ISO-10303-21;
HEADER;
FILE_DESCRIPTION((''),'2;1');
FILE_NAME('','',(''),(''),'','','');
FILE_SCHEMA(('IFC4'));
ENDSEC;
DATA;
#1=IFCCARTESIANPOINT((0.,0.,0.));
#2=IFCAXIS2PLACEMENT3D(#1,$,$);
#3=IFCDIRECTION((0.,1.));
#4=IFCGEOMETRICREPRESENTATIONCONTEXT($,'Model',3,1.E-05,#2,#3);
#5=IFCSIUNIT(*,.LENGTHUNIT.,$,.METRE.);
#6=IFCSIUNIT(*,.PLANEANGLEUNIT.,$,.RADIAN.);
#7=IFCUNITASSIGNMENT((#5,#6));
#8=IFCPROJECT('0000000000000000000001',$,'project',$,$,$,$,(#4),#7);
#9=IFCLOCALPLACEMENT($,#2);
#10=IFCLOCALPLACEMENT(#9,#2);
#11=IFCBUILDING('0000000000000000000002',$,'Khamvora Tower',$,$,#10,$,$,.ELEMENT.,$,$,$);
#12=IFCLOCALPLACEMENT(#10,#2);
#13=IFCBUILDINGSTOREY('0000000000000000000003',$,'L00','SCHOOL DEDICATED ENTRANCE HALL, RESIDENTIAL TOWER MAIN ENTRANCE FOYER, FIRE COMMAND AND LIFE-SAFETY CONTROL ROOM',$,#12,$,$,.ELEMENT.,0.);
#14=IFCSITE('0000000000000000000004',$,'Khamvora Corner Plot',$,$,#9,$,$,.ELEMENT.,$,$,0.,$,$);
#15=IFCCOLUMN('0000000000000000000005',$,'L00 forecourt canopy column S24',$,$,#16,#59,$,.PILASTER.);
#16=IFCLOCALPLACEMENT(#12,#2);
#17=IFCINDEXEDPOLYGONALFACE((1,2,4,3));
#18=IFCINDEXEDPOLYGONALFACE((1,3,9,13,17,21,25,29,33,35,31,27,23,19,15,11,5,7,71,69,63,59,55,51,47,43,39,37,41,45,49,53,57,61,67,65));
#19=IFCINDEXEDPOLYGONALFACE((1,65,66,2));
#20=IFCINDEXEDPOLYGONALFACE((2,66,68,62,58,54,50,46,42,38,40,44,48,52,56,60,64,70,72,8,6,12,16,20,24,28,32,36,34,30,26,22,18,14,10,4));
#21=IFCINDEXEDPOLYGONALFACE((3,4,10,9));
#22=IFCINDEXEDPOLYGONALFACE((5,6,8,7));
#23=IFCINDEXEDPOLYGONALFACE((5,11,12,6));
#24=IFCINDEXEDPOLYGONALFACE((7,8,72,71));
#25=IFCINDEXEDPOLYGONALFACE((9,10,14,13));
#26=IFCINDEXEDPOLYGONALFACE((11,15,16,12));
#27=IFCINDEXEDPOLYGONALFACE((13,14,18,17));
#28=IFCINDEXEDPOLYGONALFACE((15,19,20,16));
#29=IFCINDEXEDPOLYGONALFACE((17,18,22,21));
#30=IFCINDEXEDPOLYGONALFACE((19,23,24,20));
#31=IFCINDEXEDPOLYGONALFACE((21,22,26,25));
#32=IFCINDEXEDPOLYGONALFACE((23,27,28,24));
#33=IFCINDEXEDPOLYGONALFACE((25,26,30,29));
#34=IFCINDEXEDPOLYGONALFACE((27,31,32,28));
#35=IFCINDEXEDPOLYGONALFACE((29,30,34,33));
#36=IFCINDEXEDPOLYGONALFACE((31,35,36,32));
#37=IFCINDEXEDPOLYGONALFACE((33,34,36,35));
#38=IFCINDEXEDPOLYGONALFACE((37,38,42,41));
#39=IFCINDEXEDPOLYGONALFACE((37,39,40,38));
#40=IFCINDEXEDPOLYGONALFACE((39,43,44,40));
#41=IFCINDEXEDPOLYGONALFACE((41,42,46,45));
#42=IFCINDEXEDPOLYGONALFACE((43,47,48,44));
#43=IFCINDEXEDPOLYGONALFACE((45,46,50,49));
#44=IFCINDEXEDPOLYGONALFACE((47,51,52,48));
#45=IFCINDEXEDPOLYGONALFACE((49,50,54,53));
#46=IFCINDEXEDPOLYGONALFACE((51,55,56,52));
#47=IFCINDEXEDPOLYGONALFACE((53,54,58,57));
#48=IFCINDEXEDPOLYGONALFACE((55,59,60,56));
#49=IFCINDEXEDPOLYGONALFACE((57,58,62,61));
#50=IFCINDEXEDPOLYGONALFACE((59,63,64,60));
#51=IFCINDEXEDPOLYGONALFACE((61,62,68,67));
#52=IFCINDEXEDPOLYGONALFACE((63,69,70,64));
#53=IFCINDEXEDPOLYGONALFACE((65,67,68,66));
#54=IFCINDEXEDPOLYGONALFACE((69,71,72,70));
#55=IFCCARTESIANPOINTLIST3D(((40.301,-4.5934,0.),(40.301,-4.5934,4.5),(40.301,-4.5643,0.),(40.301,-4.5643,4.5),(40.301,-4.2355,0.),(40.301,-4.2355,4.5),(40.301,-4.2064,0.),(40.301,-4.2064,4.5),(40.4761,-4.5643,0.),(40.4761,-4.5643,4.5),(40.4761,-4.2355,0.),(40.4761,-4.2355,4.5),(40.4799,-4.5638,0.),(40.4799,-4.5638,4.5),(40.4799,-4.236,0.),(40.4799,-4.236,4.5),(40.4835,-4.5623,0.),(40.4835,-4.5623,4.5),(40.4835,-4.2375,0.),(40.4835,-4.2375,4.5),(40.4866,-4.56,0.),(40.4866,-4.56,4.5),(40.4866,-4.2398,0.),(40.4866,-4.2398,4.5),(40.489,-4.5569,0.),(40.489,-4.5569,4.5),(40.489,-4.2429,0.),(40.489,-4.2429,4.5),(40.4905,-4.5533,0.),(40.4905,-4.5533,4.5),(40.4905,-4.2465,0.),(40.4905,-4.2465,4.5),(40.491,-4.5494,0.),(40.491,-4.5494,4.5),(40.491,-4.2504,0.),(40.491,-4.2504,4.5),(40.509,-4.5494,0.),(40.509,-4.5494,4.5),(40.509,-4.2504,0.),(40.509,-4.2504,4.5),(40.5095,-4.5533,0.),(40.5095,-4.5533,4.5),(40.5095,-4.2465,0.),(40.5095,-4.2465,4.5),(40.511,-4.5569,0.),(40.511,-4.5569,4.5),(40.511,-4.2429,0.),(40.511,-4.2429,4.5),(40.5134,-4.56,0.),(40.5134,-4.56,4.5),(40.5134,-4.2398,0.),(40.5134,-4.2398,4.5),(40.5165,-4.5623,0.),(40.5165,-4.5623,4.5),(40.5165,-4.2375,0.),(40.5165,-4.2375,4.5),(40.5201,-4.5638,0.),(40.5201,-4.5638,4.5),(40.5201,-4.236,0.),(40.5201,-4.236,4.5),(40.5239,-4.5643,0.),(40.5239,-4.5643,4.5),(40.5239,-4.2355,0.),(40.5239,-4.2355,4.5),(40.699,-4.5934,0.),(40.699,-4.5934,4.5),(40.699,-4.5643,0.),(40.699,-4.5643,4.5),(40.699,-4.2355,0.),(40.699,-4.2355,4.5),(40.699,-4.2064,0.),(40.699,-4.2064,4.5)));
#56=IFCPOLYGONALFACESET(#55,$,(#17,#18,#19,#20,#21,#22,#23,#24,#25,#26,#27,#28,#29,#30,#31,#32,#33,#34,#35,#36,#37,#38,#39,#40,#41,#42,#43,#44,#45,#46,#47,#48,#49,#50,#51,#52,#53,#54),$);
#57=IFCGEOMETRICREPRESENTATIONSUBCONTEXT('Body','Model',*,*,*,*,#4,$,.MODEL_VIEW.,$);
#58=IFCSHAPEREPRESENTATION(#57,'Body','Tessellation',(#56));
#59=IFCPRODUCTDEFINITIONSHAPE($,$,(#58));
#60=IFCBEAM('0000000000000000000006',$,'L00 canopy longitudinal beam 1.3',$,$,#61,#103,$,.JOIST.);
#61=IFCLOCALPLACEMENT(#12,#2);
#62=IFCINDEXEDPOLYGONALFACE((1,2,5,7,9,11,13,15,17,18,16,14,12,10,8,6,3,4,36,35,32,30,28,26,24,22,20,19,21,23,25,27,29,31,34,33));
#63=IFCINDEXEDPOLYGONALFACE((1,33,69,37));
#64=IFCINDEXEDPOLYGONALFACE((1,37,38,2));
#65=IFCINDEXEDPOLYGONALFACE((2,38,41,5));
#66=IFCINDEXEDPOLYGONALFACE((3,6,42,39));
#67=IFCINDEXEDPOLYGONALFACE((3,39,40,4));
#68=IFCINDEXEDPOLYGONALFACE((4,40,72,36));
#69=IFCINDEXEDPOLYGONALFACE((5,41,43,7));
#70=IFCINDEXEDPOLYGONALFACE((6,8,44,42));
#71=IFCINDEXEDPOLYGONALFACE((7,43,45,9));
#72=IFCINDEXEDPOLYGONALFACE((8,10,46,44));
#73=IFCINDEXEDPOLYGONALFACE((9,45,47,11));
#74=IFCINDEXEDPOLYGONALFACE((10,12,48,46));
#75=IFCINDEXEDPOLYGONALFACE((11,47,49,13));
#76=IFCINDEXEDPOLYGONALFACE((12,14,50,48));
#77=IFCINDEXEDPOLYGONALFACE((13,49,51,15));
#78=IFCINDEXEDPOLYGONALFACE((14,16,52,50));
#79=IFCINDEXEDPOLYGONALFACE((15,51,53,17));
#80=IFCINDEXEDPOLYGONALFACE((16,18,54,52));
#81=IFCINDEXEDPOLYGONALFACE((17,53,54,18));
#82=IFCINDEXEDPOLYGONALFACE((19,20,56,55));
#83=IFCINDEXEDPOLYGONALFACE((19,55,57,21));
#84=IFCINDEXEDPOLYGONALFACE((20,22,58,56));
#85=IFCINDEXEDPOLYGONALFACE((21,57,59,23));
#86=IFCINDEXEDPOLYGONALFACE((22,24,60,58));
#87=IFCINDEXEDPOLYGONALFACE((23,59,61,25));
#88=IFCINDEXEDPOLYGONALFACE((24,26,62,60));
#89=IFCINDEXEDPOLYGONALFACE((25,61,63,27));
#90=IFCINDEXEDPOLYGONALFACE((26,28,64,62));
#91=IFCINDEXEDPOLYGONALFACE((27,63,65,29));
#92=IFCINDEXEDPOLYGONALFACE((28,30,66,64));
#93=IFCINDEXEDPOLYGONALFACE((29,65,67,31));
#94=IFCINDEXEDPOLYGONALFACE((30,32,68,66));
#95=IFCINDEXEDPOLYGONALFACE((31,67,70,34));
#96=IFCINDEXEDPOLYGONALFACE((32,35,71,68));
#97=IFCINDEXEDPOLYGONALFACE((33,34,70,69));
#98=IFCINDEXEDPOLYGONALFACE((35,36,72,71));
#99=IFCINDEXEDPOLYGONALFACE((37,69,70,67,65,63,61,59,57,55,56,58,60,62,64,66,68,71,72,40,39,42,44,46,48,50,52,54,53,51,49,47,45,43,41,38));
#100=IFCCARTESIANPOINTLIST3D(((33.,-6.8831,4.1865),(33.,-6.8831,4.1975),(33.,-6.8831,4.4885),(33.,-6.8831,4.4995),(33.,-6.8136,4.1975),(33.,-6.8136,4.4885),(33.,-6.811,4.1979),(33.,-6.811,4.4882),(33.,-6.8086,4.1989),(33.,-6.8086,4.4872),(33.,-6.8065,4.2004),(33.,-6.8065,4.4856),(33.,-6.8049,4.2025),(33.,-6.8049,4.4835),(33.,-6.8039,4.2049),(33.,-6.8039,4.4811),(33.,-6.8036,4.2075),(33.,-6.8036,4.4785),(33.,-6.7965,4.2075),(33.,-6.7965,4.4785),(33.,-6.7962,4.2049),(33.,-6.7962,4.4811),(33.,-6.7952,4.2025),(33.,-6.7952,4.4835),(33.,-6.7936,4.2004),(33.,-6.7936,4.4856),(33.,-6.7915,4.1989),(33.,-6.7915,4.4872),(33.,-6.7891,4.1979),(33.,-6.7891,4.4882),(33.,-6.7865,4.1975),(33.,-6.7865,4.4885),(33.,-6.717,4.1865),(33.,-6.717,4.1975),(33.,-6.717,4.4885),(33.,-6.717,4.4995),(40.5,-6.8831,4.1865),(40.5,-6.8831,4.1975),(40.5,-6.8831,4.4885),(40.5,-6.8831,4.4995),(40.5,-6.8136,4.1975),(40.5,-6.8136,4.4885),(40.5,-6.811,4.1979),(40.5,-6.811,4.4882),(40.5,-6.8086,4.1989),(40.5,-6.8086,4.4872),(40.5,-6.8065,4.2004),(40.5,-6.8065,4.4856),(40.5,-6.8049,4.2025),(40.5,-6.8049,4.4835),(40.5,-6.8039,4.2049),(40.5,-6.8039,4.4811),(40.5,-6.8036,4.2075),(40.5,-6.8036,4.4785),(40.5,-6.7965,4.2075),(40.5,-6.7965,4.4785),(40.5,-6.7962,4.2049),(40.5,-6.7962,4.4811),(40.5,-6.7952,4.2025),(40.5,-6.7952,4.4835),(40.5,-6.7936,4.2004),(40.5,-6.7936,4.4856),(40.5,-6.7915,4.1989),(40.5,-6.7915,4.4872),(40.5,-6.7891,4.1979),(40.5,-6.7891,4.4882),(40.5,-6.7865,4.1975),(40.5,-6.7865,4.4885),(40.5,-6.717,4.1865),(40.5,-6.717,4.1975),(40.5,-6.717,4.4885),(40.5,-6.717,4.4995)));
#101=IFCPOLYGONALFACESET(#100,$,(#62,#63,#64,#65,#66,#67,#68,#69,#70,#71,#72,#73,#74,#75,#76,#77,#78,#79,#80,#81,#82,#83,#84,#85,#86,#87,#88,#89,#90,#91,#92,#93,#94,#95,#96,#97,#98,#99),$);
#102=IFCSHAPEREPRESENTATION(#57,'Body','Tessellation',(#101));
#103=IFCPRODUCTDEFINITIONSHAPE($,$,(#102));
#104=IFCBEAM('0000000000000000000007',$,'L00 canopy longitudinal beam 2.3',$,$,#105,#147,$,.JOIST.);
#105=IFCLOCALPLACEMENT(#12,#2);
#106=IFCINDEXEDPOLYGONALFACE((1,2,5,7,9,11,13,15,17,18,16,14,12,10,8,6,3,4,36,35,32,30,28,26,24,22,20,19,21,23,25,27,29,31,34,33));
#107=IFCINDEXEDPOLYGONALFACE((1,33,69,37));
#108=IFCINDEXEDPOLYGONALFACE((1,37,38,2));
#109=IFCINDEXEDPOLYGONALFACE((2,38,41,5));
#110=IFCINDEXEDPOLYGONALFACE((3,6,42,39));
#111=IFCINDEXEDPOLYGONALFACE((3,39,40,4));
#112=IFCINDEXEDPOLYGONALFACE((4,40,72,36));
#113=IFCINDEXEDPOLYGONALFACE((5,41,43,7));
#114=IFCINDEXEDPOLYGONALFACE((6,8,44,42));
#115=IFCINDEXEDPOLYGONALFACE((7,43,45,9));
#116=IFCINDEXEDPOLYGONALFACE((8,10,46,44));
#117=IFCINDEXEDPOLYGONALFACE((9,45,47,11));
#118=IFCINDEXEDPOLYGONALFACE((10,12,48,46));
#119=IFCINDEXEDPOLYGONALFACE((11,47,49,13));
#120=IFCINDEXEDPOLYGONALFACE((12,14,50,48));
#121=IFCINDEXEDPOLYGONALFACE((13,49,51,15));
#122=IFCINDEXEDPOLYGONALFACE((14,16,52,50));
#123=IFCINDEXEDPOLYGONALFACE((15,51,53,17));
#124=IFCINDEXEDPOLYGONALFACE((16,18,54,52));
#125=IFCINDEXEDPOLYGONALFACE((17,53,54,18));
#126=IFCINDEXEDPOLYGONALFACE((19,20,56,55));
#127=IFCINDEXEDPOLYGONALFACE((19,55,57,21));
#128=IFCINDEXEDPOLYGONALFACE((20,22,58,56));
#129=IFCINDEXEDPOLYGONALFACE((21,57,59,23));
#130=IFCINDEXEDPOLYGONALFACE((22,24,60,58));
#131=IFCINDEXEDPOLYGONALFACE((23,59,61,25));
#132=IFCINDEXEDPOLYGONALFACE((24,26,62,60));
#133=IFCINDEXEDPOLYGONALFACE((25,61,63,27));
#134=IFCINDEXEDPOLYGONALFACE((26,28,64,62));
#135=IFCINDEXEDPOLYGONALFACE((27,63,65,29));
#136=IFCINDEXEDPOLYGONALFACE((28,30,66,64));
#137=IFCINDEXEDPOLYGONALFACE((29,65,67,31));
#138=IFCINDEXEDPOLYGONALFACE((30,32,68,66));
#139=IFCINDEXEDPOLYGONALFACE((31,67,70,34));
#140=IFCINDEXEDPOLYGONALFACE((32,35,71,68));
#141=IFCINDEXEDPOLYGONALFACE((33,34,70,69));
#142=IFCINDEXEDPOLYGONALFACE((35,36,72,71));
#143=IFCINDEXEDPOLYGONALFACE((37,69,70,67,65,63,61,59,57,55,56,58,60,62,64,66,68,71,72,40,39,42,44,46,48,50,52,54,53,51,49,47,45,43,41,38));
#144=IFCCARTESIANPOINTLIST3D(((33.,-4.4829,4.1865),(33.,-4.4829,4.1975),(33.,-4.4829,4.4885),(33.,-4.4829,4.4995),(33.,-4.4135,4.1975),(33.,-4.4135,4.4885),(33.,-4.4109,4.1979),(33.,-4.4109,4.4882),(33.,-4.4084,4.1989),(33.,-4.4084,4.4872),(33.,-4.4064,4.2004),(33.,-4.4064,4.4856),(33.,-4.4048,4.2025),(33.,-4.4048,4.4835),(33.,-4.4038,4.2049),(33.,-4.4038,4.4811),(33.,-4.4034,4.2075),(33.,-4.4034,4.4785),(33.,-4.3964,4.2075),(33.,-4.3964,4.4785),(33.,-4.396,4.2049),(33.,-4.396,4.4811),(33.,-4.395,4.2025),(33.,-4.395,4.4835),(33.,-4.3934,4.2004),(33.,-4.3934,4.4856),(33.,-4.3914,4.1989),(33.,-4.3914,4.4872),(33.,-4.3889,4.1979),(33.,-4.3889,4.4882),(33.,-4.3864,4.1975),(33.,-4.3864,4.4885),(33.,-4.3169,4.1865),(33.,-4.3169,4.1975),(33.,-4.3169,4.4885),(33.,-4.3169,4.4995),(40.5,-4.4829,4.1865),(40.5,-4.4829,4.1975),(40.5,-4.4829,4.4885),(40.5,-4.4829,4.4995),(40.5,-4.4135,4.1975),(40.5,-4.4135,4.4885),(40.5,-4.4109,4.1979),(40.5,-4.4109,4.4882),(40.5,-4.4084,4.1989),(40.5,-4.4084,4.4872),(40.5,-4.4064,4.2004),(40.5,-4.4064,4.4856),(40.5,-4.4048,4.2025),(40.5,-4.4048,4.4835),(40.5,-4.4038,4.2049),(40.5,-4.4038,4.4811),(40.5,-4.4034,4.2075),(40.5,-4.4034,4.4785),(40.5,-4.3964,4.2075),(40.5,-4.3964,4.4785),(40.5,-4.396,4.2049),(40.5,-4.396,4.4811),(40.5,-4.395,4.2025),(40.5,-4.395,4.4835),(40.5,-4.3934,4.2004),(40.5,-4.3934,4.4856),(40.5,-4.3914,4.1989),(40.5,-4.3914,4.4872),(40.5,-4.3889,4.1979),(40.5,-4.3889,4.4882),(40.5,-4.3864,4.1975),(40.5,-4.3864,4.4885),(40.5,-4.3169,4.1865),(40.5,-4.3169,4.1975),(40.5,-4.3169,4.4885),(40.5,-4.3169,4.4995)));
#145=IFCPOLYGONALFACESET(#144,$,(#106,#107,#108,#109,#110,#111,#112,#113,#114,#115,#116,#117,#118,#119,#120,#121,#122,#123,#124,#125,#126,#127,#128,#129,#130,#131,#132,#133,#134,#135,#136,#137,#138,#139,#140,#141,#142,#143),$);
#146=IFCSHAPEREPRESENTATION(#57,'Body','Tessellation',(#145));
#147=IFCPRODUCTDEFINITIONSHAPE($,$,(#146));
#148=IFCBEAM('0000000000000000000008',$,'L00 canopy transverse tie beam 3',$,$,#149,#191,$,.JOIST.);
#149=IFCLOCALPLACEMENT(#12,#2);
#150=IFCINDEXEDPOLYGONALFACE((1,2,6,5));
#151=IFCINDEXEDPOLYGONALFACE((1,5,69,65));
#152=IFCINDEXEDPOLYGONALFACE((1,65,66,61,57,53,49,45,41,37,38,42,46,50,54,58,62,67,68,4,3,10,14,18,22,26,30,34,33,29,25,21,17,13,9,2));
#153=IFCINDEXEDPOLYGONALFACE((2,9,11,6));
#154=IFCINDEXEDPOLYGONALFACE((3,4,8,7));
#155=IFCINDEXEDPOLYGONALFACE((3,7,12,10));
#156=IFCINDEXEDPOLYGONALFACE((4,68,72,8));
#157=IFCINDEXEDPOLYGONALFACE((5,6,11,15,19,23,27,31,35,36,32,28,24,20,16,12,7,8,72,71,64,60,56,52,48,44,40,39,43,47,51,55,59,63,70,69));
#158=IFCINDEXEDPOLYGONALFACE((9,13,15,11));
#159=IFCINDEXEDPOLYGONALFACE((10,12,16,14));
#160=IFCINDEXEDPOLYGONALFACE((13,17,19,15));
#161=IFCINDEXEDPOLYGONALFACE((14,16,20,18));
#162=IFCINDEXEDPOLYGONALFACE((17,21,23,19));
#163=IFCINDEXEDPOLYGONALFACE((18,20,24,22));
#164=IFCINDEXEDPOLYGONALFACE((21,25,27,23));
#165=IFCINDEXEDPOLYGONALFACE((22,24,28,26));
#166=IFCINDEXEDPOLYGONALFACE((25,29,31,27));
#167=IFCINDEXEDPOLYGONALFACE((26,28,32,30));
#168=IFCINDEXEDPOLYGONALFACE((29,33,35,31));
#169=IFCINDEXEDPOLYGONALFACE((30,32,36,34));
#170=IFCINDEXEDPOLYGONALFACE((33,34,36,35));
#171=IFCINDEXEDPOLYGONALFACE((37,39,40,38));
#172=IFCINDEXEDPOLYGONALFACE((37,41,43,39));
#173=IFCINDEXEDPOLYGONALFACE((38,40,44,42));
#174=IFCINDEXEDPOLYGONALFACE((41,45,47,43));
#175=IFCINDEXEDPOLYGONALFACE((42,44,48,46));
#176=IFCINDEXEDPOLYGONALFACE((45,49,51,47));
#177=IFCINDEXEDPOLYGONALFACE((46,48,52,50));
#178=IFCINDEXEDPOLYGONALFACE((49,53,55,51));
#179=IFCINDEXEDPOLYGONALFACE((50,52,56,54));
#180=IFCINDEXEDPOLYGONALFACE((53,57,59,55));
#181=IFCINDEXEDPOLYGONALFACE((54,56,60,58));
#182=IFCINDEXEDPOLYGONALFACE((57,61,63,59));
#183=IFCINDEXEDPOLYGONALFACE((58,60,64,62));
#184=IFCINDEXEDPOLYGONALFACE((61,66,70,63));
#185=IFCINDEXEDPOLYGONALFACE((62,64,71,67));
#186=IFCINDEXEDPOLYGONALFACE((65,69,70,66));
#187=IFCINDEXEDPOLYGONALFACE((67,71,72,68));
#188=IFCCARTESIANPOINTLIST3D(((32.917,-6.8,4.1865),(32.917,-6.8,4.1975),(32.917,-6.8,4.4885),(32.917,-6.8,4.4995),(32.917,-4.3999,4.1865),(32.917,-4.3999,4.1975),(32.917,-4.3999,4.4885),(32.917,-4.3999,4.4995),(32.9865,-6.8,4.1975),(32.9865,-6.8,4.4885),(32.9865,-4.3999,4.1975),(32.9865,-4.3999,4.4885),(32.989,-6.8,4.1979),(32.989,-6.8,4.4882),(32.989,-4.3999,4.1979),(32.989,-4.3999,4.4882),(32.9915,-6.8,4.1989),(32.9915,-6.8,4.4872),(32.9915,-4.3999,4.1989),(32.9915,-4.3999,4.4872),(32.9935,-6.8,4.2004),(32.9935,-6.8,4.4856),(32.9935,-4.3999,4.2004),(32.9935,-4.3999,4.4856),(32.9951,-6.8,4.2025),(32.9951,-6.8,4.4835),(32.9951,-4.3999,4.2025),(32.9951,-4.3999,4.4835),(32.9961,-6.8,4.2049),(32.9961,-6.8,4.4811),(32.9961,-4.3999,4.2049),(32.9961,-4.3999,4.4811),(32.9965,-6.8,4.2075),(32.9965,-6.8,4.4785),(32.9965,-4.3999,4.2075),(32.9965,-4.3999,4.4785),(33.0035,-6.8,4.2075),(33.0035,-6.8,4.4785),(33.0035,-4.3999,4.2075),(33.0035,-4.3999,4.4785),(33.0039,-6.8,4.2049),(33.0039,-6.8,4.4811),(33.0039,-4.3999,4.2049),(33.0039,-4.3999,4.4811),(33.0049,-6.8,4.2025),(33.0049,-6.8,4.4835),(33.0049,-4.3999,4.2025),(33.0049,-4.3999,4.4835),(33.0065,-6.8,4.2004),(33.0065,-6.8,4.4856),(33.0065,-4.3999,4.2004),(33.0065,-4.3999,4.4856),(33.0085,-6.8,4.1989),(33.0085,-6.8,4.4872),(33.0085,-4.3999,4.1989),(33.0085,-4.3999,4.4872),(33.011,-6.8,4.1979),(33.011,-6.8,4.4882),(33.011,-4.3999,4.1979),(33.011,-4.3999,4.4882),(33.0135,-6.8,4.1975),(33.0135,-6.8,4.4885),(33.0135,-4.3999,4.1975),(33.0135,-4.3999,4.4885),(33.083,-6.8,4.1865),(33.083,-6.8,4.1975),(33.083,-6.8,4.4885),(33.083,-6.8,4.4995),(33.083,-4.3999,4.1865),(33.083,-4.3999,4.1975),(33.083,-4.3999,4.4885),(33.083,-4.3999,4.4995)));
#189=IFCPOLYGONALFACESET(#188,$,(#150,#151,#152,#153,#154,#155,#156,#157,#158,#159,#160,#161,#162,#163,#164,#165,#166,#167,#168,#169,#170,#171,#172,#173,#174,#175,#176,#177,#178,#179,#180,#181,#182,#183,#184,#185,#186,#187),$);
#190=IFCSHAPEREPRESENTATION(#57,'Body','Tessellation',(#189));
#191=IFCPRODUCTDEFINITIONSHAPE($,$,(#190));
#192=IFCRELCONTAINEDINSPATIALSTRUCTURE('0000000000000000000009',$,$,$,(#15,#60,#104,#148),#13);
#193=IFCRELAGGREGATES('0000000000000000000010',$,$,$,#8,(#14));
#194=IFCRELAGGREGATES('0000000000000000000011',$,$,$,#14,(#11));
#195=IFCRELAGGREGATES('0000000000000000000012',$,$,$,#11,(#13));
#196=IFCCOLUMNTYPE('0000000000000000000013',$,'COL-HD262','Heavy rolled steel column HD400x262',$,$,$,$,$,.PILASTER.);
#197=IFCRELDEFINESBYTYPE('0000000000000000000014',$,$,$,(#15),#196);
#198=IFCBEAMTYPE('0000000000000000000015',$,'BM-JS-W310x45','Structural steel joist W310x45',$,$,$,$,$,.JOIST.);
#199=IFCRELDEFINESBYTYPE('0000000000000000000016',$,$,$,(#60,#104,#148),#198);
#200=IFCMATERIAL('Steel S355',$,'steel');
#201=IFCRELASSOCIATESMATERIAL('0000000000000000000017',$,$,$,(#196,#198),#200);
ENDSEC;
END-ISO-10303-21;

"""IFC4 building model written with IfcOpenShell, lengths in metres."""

from ifc_helpers import new_model, si_unit, direction, frame, origin, origin_2d, place, context, subcontext, project, spatial, i_section, extrude, material, material_profile, profile_set, type_object, element, save


model = new_model("IFC4")

# Units and contexts
model_context = context("Model", 3, precision=1e-05, world=origin(), true_north=direction((0.0, 1.0)))
body_context = subcontext(model_context, "Body", "Model", "MODEL_VIEW")
ifc_project = project(units=[si_unit("LENGTHUNIT", "METRE"), si_unit("PLANEANGLEUNIT", "RADIAN")], contexts=[model_context])

# Site, building, storey
site_placement = place(None, origin())
site = spatial("IfcSite", under=ifc_project, at=site_placement, Name="Khamvora Corner Plot", CompositionType="ELEMENT", RefElevation=0.0)
building_placement = place(site_placement, origin())
building = spatial("IfcBuilding", under=site, at=building_placement, Name="Khamvora Tower", CompositionType="ELEMENT")
storey_placement = place(building_placement, origin())
storey = spatial("IfcBuildingStorey", under=building, at=storey_placement, Name="L00", Description="SCHOOL DEDICATED ENTRANCE HALL, RESIDENTIAL TOWER MAIN ENTRANCE FOYER, FIRE COMMAND AND LIFE-SAFETY CONTROL ROOM", CompositionType="ELEMENT", Elevation=0.0)

# Column
ifc_material_1 = material(Name="Steel S355", Category="steel")
ifc_material_profile_1 = material_profile(ifc_material_1, i_section(OverallWidth=0.3979, OverallDepth=0.387, WebThickness=0.0181, FlangeThickness=0.0291, FilletRadius=0.0149, at=origin_2d()), Name="HD400x262")
ifc_profile_set_1 = profile_set([ifc_material_profile_1], Name="Steel S355")
column_type_1 = type_object("IfcColumnType", Name="COL-HD262", Description="Heavy rolled steel column HD400x262", PredefinedType="PILASTER", material=ifc_profile_set_1)
for number, where, z_axis, x_axis, name in (
    (1, (40.5, -4.3999, 0.0), (0.0, 0.0, 1.0), (1.0, 0.0, 0.0), "L00 forecourt canopy column S24"),
):
    element("IfcColumn", number, at=place(storey_placement, frame(where, z_axis=z_axis, x_axis=x_axis)), inside=storey, type_object=column_type_1, Name=name, PredefinedType="PILASTER", context=body_context, shape_type="SweptSolid", body=[
        extrude(i_section(OverallWidth=0.3979, OverallDepth=0.387, WebThickness=0.0181, FlangeThickness=0.0291, FilletRadius=0.0149, at=origin_2d()), origin(), (0.0, 0.0, 1.0), 4.5),
    ])

# Beams
ifc_material_profile_2 = material_profile(ifc_material_1, i_section(OverallWidth=0.166, OverallDepth=0.313, WebThickness=0.0071, FlangeThickness=0.011, FilletRadius=0.01, at=origin_2d()), Name="W310x45")
ifc_profile_set_2 = profile_set([ifc_material_profile_2], Name="Steel S355")
beam_type_1 = type_object("IfcBeamType", Name="BM-JS-W310x45", Description="Structural steel joist W310x45", PredefinedType="JOIST", material=ifc_profile_set_2)
for number, where, z_axis, x_axis, name in (
    (2, (33.0, -6.8, 4.343), (1.0, 0.0, 0.0), (0.0, 1.0, 0.0), "L00 canopy longitudinal beam 1.3"),
    (3, (33.0, -4.3999, 4.343), (1.0, 0.0, 0.0), (0.0, 1.0, 0.0), "L00 canopy longitudinal beam 2.3"),
):
    element("IfcBeam", number, at=place(storey_placement, frame(where, z_axis=z_axis, x_axis=x_axis)), inside=storey, type_object=beam_type_1, Name=name, PredefinedType="JOIST", context=body_context, shape_type="SweptSolid", body=[
        extrude(i_section(OverallWidth=0.166, OverallDepth=0.313, WebThickness=0.0071, FlangeThickness=0.011, FilletRadius=0.01, at=origin_2d()), origin(), (0.0, 0.0, 1.0), 7.5),
    ])
for number, where, z_axis, x_axis, name in (
    (4, (33.0, -6.8, 4.343), (0.0, 1.0, 0.0), (-1.0, 0.0, 0.0), "L00 canopy transverse tie beam 3"),
):
    element("IfcBeam", number, at=place(storey_placement, frame(where, z_axis=z_axis, x_axis=x_axis)), inside=storey, type_object=beam_type_1, Name=name, PredefinedType="JOIST", context=body_context, shape_type="SweptSolid", body=[
        extrude(i_section(OverallWidth=0.166, OverallDepth=0.313, WebThickness=0.0071, FlangeThickness=0.011, FilletRadius=0.01, at=origin_2d()), origin(), (0.0, 0.0, 1.0), 2.4001),
    ])

save(model, "model.ifc")
